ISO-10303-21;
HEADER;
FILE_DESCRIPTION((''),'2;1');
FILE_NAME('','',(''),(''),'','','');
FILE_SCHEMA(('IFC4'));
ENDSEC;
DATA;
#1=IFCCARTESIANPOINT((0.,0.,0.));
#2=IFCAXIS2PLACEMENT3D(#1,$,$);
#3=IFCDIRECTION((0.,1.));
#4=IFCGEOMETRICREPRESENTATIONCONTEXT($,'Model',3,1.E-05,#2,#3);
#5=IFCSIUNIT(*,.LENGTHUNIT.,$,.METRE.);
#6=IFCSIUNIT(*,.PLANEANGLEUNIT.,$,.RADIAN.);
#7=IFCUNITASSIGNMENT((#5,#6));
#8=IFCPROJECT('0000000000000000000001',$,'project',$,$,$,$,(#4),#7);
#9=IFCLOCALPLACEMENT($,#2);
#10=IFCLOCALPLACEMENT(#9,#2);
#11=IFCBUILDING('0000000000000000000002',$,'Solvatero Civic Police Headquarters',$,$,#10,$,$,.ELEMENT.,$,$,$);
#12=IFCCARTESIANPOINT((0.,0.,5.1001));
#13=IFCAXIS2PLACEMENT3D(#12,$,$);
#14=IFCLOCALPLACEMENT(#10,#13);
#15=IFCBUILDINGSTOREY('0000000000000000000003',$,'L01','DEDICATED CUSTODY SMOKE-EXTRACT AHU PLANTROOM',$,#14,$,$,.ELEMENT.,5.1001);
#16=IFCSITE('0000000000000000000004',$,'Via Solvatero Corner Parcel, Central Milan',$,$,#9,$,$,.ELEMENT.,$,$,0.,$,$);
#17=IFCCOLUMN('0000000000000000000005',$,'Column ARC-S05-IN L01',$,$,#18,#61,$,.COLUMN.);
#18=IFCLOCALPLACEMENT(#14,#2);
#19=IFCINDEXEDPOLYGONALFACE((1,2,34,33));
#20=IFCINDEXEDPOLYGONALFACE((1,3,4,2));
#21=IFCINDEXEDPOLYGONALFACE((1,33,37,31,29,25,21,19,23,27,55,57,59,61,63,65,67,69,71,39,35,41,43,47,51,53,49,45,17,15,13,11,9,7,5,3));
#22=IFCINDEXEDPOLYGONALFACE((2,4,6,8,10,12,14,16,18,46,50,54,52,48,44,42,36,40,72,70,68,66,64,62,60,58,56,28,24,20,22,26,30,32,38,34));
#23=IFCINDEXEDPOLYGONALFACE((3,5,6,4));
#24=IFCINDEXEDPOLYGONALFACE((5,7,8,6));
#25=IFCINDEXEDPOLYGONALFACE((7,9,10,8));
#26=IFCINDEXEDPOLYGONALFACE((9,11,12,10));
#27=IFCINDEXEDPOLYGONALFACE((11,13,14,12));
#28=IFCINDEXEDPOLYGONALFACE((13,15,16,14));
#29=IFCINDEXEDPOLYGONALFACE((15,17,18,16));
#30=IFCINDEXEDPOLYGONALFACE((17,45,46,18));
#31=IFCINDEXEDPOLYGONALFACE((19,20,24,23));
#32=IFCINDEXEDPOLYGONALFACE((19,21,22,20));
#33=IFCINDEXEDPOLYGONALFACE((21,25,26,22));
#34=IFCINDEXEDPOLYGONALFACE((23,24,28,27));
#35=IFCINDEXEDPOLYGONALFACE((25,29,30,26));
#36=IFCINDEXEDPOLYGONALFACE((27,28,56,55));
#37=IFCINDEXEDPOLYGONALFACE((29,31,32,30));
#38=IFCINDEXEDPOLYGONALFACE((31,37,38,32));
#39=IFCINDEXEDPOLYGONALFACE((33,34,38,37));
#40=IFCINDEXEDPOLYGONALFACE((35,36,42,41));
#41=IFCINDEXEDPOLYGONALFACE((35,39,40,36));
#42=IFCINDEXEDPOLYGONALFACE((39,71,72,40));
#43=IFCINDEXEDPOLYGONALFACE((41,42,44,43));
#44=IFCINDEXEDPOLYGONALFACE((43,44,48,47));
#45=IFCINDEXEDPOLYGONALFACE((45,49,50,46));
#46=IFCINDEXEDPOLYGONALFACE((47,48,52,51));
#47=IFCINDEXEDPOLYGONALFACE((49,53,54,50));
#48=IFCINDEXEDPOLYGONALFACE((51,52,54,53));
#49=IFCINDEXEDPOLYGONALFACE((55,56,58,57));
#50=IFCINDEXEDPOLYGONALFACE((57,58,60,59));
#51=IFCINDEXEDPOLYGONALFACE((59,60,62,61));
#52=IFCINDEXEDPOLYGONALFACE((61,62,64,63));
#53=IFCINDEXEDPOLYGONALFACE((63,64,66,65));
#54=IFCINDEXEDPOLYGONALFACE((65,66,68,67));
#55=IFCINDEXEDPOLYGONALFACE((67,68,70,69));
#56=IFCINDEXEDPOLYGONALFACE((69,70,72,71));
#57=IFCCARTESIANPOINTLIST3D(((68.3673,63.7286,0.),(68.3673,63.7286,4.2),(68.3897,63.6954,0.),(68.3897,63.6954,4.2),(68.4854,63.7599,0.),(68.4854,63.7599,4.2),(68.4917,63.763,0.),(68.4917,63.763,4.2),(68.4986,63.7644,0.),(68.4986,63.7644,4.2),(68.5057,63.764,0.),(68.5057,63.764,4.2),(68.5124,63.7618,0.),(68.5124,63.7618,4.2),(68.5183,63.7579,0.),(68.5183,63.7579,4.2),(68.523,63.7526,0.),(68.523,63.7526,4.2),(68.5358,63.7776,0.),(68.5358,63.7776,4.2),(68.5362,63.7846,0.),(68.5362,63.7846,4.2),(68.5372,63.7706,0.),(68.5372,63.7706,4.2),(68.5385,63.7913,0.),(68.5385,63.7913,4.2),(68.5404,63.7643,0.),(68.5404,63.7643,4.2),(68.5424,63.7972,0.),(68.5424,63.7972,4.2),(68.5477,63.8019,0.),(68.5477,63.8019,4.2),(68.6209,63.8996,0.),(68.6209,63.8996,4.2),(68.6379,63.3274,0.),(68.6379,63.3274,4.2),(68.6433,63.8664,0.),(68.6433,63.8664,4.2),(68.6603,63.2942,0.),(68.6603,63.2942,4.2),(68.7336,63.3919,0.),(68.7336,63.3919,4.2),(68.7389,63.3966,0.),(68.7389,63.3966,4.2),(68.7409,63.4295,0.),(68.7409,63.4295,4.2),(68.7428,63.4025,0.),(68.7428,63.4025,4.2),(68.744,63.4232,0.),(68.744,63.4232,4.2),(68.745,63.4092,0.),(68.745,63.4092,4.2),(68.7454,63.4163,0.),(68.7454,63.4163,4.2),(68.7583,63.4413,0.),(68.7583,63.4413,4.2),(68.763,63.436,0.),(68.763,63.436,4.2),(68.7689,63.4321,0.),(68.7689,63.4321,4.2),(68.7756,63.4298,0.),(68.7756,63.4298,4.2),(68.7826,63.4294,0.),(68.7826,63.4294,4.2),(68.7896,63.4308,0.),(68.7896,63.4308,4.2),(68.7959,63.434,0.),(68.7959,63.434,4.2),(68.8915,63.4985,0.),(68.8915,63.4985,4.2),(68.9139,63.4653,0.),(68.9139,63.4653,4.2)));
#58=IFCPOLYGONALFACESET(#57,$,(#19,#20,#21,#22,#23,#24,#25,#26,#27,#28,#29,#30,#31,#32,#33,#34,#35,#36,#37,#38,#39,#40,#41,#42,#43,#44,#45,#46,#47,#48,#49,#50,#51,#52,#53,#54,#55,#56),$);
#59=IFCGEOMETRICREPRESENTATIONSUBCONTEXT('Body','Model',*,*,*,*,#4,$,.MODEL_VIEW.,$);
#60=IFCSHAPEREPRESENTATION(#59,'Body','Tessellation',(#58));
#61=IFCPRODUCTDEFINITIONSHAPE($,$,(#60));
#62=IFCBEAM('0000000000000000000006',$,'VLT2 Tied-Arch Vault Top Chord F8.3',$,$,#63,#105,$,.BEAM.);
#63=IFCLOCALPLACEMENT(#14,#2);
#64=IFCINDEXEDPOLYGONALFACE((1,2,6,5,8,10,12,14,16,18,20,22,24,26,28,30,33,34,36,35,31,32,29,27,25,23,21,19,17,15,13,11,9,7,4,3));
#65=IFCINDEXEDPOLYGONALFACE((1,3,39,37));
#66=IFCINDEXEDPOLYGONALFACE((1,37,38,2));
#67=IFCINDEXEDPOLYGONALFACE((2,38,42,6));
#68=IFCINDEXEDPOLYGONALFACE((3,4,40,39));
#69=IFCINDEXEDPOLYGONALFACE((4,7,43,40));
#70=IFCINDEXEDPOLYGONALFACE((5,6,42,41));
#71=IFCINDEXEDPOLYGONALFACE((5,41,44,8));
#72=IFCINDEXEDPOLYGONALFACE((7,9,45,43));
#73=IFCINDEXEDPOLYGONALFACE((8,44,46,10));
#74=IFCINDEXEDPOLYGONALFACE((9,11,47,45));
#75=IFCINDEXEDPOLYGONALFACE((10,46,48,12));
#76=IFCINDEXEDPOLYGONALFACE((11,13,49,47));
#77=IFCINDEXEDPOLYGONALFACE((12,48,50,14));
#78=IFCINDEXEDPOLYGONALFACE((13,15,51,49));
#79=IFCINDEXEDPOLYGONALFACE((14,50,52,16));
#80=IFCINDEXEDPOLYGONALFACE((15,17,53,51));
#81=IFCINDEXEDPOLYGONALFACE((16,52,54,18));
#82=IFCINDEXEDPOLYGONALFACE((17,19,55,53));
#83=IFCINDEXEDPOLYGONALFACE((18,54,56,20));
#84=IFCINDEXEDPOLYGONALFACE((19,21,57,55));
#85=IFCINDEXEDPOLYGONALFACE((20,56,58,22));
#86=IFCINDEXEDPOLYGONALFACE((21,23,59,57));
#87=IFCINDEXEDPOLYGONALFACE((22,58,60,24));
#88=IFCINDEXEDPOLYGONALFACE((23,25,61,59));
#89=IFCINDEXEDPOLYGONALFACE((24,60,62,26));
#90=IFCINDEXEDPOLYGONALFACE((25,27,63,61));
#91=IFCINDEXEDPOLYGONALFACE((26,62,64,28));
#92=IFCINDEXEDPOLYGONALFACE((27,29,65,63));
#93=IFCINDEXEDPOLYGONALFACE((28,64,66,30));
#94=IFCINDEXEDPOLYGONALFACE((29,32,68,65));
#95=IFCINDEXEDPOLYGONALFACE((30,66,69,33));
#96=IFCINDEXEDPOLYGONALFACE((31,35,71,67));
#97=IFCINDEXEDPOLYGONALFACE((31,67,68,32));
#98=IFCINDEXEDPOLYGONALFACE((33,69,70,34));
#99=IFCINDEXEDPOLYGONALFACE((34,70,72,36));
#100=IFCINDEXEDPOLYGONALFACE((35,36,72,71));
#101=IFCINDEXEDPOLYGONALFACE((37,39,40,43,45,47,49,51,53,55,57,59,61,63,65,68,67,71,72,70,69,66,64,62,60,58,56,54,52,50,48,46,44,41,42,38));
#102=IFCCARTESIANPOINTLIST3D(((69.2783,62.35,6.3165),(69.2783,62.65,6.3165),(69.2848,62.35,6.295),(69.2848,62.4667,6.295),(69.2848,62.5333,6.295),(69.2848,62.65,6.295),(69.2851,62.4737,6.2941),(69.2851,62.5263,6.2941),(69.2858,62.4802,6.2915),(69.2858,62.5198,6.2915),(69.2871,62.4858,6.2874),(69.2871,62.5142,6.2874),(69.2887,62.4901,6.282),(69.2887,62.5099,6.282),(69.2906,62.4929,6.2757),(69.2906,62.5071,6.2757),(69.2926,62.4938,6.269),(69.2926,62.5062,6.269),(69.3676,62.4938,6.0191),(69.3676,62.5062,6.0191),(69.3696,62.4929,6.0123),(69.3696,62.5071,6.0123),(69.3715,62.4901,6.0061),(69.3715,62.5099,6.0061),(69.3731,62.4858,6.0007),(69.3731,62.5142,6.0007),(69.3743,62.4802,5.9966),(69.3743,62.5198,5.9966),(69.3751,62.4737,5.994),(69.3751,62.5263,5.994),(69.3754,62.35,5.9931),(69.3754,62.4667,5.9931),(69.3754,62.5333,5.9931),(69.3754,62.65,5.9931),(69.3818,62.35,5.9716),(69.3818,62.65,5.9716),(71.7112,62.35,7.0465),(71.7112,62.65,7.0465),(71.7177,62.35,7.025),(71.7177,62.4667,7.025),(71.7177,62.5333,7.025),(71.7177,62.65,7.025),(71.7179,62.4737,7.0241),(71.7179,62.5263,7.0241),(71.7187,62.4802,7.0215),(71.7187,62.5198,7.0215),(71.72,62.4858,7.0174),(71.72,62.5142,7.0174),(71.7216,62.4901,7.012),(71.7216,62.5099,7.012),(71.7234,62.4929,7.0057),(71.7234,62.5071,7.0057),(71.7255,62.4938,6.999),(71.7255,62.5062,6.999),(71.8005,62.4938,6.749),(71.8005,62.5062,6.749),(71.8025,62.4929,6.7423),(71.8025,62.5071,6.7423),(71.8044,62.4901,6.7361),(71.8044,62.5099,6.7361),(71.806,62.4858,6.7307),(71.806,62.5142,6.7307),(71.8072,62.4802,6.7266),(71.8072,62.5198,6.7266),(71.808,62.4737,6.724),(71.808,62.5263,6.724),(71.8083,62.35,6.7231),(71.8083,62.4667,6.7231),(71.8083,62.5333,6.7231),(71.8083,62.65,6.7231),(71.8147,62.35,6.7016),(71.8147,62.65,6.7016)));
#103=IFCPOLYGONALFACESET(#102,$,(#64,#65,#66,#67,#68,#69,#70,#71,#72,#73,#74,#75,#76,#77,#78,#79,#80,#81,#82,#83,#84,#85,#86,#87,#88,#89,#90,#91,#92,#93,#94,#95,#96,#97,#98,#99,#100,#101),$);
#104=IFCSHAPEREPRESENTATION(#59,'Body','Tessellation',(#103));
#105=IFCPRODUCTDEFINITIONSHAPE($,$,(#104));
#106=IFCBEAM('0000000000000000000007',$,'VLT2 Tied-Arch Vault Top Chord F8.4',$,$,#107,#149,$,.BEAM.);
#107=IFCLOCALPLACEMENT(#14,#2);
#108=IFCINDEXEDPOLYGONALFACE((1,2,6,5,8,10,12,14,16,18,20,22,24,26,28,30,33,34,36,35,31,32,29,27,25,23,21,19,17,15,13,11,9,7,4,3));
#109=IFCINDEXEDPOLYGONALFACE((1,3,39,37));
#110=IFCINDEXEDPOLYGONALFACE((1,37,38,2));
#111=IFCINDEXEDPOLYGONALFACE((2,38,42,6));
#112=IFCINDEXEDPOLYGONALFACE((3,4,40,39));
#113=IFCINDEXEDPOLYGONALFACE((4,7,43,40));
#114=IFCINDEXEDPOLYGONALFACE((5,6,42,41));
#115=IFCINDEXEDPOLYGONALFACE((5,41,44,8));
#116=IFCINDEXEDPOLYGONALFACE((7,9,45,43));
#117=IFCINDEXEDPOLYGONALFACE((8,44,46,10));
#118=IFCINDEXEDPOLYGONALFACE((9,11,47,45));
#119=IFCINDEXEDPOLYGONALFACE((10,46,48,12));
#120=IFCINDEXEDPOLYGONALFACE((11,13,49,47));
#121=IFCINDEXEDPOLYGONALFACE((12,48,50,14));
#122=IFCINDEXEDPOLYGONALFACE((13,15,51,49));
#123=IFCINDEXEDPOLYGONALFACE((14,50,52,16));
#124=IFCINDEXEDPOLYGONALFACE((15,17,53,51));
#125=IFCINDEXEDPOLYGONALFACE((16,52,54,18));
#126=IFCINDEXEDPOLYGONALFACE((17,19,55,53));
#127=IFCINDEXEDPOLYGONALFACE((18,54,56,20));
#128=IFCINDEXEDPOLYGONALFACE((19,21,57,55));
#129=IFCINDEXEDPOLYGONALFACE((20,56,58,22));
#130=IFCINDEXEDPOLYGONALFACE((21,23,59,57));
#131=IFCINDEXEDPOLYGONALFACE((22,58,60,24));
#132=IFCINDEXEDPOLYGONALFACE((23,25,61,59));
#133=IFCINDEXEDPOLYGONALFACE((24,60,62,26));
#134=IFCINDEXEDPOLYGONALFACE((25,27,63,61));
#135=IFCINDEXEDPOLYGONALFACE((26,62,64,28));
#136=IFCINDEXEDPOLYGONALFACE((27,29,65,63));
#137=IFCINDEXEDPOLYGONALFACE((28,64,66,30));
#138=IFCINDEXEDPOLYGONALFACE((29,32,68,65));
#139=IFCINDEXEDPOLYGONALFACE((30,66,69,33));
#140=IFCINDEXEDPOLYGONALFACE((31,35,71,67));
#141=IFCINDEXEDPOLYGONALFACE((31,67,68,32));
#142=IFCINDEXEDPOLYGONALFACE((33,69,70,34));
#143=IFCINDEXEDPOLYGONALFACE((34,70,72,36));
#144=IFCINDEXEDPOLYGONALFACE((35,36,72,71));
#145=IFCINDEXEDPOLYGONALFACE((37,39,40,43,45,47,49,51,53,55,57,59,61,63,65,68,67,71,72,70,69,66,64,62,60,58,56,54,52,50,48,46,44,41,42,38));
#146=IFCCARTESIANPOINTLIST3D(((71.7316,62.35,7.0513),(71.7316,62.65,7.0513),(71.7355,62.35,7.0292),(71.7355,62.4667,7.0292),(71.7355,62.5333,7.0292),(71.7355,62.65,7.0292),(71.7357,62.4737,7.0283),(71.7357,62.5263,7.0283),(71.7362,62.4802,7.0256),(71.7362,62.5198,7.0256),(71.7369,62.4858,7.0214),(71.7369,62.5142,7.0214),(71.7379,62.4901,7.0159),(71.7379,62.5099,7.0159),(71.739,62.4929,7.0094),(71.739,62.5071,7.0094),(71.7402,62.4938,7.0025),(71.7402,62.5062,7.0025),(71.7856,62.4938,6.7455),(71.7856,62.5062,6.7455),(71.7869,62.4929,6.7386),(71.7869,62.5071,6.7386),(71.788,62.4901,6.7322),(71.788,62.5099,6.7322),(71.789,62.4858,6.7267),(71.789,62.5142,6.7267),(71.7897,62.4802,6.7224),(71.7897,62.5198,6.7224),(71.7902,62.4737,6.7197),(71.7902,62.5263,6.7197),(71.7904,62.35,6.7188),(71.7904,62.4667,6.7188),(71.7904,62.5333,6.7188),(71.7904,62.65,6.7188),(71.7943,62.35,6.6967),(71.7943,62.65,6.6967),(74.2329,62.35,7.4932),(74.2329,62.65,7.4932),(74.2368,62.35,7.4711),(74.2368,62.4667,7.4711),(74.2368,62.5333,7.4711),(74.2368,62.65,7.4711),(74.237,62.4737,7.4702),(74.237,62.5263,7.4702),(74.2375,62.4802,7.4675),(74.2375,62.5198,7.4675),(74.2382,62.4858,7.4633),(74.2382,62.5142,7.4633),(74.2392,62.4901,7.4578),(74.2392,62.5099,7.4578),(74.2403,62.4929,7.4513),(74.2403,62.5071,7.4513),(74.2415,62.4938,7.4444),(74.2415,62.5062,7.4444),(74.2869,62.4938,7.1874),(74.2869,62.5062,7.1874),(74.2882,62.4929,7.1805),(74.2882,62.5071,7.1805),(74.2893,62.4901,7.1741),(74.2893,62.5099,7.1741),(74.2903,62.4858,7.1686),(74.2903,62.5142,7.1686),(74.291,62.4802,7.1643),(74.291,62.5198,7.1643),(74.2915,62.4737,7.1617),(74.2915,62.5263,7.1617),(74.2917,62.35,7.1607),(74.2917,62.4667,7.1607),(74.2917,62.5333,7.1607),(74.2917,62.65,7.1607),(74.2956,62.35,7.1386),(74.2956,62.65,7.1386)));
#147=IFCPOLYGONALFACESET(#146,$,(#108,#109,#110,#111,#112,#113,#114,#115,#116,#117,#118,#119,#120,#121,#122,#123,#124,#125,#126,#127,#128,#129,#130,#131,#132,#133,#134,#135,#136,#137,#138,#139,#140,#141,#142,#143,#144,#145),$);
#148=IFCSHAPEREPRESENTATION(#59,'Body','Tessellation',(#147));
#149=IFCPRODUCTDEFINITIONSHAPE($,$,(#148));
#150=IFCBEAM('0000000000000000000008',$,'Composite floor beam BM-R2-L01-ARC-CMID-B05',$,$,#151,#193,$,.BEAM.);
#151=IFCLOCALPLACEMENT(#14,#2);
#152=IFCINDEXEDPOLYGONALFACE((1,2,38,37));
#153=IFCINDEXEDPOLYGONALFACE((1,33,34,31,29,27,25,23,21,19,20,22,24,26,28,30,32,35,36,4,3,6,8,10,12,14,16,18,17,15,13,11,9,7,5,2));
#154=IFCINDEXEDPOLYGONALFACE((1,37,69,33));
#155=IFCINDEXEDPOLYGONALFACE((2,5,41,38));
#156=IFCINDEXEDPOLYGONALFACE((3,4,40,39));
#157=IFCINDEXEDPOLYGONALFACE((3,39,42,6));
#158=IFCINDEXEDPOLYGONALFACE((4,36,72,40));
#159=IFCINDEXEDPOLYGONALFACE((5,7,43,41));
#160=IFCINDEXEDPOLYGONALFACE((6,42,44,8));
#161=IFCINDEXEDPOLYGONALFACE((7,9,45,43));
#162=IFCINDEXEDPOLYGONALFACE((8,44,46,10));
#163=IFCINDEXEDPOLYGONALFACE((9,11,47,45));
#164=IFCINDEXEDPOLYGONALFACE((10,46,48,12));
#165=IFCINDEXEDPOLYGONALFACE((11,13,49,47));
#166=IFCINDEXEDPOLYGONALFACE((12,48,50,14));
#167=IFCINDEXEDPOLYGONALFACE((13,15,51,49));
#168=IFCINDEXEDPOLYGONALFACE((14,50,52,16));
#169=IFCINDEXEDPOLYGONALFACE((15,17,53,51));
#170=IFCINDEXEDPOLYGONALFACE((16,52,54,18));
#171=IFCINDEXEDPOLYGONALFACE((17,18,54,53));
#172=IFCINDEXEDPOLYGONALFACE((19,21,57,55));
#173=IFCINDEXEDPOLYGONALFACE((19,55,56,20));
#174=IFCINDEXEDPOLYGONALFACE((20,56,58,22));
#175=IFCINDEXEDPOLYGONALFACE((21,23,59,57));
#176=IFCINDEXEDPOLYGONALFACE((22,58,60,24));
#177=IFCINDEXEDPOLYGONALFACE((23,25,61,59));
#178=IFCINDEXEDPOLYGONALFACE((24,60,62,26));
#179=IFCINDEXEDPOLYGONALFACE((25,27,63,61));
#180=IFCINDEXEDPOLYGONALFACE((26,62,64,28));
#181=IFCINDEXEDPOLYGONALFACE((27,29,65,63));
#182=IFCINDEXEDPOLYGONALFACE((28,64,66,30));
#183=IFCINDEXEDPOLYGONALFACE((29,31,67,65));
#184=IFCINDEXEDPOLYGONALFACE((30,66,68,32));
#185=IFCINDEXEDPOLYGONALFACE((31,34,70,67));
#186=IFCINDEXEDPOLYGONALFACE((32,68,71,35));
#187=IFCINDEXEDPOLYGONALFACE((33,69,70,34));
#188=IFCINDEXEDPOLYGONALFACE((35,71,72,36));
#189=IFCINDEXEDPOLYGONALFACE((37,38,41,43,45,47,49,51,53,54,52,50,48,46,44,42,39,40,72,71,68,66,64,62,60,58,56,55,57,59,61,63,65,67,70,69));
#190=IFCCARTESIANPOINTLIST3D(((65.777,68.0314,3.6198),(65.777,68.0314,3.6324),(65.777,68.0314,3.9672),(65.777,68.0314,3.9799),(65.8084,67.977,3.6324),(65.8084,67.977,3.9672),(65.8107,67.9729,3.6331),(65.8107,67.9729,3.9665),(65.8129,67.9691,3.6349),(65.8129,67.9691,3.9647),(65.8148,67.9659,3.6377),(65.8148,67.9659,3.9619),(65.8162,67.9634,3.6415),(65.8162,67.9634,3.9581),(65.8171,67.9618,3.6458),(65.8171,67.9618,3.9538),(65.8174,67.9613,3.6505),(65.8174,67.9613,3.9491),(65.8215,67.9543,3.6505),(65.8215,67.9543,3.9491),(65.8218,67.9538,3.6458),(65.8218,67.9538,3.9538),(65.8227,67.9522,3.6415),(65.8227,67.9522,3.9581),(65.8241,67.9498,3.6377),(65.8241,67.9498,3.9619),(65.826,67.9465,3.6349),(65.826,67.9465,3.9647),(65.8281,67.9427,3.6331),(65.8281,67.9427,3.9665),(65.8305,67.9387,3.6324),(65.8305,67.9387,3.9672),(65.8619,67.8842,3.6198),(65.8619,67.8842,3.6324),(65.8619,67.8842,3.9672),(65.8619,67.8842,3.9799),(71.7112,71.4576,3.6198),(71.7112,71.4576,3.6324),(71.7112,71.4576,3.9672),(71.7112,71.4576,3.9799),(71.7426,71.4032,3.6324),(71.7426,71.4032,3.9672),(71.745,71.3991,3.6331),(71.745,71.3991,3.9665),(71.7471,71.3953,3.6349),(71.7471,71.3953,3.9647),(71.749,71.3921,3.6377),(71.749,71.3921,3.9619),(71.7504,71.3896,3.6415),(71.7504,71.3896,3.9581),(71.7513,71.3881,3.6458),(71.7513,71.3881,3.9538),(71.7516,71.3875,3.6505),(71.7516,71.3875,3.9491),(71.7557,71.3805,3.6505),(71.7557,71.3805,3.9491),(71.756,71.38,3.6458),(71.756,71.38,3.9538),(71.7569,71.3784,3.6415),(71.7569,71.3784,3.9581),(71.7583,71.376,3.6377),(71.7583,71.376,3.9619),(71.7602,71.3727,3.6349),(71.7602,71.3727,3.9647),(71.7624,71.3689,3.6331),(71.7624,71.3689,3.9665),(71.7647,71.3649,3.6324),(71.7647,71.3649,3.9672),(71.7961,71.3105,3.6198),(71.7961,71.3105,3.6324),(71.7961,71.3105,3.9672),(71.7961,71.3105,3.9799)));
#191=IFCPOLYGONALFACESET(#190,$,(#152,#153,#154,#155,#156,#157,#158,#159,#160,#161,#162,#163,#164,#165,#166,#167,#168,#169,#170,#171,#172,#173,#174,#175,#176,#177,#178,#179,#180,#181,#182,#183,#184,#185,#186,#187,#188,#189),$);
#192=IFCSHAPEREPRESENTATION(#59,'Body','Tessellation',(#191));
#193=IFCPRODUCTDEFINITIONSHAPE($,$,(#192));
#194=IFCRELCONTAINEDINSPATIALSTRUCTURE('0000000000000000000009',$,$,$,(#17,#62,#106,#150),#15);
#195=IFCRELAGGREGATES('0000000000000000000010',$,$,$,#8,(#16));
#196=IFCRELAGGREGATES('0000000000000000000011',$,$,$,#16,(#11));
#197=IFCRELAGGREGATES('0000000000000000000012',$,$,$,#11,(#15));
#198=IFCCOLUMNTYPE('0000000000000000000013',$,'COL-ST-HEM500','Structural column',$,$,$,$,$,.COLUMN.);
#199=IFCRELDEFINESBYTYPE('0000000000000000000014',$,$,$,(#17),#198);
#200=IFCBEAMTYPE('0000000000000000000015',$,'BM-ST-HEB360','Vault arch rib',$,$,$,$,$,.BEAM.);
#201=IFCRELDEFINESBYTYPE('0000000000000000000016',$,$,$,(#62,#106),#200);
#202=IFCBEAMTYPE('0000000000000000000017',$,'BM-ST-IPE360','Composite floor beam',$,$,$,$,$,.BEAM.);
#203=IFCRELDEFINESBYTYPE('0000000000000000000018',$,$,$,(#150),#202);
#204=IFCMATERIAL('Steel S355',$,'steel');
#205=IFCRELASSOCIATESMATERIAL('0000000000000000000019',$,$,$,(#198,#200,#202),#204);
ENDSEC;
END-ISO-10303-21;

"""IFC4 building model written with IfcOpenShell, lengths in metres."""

from ifc_helpers import new_model, si_unit, direction, frame, origin, origin_2d, place, context, subcontext, project, spatial, i_section, extrude, material, material_profile, profile_set, type_object, element, save


model = new_model("IFC4")

# Units and contexts
model_context = context("Model", 3, precision=1e-05, world=origin(), true_north=direction((0.0, 1.0)))
body_context = subcontext(model_context, "Body", "Model", "MODEL_VIEW")
ifc_project = project(units=[si_unit("LENGTHUNIT", "METRE"), si_unit("PLANEANGLEUNIT", "RADIAN")], contexts=[model_context])

# Site, building, storey
site_placement = place(None, origin())
site = spatial("IfcSite", under=ifc_project, at=site_placement, Name="Via Solvatero Corner Parcel, Central Milan", CompositionType="ELEMENT", RefElevation=0.0)
building_placement = place(site_placement, origin())
building = spatial("IfcBuilding", under=site, at=building_placement, Name="Solvatero Civic Police Headquarters", CompositionType="ELEMENT")
storey_placement = place(building_placement, frame((0.0, 0.0, 5.1001)))
storey = spatial("IfcBuildingStorey", under=building, at=storey_placement, Name="L01", Description="DEDICATED CUSTODY SMOKE-EXTRACT AHU PLANTROOM", CompositionType="ELEMENT", Elevation=5.1001)

# Column
ifc_material_1 = material(Name="Steel S355", Category="steel")
ifc_material_profile_1 = material_profile(ifc_material_1, i_section(OverallWidth=0.3059, OverallDepth=0.5239, WebThickness=0.021, FlangeThickness=0.04, FilletRadius=0.0271, at=origin_2d()), Name="HEM 500")
ifc_profile_set_1 = profile_set([ifc_material_profile_1], Name="Steel S355")
column_type = type_object("IfcColumnType", Name="COL-ST-HEM500", Description="Structural column", PredefinedType="COLUMN", material=ifc_profile_set_1)
column_placement = place(storey_placement, frame((68.6406, 63.5969, 0.0), z_axis=(0.0, 0.0, 1.0), x_axis=(0.829038, 0.559193, 0.0)))
element("IfcColumn", 1, at=column_placement, inside=storey, type_object=column_type, Name="Column ARC-S05-IN L01", PredefinedType="COLUMN", context=body_context, shape_type="SweptSolid", body=[
    extrude(i_section(OverallWidth=0.3059, OverallDepth=0.5239, WebThickness=0.021, FlangeThickness=0.04, FilletRadius=0.0271, at=origin_2d()), origin(), (0.0, 0.0, 1.0), 4.2),
])

# Beams
ifc_material_profile_2 = material_profile(ifc_material_1, i_section(OverallWidth=0.3, OverallDepth=0.3601, WebThickness=0.0125, FlangeThickness=0.0225, FilletRadius=0.0271, at=origin_2d()), Name="HEB 360")
ifc_profile_set_2 = profile_set([ifc_material_profile_2], Name="Steel S355")
beam_type_1 = type_object("IfcBeamType", Name="BM-ST-HEB360", Description="Vault arch rib", PredefinedType="BEAM", material=ifc_profile_set_2)
for number, where, z_axis, x_axis, name in (
    (2, (69.3301, 62.5, 6.144), (0.957813, 0.0, 0.287392), (0.0, 1.0, 0.0), "VLT2 Tied-Arch Vault Top Chord F8.3"),
    (3, (71.7629, 62.5, 6.874), (0.98475, 0.0, 0.173977), (0.0, 1.0, 0.0), "VLT2 Tied-Arch Vault Top Chord F8.4"),
):
    element("IfcBeam", number, at=place(storey_placement, frame(where, z_axis=z_axis, x_axis=x_axis)), inside=storey, type_object=beam_type_1, Name=name, PredefinedType="BEAM", context=body_context, shape_type="SweptSolid", body=[
        extrude(i_section(OverallWidth=0.3, OverallDepth=0.3601, WebThickness=0.0125, FlangeThickness=0.0225, FilletRadius=0.0271, at=origin_2d()), origin(), (0.0, 0.0, 1.0), 2.54),
    ])
ifc_material_profile_3 = material_profile(ifc_material_1, i_section(OverallWidth=0.1699, OverallDepth=0.3601, WebThickness=0.0081, FlangeThickness=0.0127, FilletRadius=0.0181, at=origin_2d()), Name="IPE 360")
ifc_profile_set_3 = profile_set([ifc_material_profile_3], Name="Steel S355")
beam_type_2 = type_object("IfcBeamType", Name="BM-ST-IPE360", Description="Composite floor beam", PredefinedType="BEAM", material=ifc_profile_set_3)
beam_placement = place(storey_placement, frame((71.7537, 71.384, 3.7998), z_axis=(-0.86602, -0.500009, 0.0), x_axis=(0.500009, -0.86602, 0.0)))
element("IfcBeam", 4, at=beam_placement, inside=storey, type_object=beam_type_2, Name="Composite floor beam BM-R2-L01-ARC-CMID-B05", PredefinedType="BEAM", context=body_context, shape_type="SweptSolid", body=[
    extrude(i_section(OverallWidth=0.1699, OverallDepth=0.3601, WebThickness=0.0081, FlangeThickness=0.0127, FilletRadius=0.0181, at=origin_2d()), origin(), (0.0, 0.0, 1.0), 6.8523),
])

save(model, "model.ifc")
